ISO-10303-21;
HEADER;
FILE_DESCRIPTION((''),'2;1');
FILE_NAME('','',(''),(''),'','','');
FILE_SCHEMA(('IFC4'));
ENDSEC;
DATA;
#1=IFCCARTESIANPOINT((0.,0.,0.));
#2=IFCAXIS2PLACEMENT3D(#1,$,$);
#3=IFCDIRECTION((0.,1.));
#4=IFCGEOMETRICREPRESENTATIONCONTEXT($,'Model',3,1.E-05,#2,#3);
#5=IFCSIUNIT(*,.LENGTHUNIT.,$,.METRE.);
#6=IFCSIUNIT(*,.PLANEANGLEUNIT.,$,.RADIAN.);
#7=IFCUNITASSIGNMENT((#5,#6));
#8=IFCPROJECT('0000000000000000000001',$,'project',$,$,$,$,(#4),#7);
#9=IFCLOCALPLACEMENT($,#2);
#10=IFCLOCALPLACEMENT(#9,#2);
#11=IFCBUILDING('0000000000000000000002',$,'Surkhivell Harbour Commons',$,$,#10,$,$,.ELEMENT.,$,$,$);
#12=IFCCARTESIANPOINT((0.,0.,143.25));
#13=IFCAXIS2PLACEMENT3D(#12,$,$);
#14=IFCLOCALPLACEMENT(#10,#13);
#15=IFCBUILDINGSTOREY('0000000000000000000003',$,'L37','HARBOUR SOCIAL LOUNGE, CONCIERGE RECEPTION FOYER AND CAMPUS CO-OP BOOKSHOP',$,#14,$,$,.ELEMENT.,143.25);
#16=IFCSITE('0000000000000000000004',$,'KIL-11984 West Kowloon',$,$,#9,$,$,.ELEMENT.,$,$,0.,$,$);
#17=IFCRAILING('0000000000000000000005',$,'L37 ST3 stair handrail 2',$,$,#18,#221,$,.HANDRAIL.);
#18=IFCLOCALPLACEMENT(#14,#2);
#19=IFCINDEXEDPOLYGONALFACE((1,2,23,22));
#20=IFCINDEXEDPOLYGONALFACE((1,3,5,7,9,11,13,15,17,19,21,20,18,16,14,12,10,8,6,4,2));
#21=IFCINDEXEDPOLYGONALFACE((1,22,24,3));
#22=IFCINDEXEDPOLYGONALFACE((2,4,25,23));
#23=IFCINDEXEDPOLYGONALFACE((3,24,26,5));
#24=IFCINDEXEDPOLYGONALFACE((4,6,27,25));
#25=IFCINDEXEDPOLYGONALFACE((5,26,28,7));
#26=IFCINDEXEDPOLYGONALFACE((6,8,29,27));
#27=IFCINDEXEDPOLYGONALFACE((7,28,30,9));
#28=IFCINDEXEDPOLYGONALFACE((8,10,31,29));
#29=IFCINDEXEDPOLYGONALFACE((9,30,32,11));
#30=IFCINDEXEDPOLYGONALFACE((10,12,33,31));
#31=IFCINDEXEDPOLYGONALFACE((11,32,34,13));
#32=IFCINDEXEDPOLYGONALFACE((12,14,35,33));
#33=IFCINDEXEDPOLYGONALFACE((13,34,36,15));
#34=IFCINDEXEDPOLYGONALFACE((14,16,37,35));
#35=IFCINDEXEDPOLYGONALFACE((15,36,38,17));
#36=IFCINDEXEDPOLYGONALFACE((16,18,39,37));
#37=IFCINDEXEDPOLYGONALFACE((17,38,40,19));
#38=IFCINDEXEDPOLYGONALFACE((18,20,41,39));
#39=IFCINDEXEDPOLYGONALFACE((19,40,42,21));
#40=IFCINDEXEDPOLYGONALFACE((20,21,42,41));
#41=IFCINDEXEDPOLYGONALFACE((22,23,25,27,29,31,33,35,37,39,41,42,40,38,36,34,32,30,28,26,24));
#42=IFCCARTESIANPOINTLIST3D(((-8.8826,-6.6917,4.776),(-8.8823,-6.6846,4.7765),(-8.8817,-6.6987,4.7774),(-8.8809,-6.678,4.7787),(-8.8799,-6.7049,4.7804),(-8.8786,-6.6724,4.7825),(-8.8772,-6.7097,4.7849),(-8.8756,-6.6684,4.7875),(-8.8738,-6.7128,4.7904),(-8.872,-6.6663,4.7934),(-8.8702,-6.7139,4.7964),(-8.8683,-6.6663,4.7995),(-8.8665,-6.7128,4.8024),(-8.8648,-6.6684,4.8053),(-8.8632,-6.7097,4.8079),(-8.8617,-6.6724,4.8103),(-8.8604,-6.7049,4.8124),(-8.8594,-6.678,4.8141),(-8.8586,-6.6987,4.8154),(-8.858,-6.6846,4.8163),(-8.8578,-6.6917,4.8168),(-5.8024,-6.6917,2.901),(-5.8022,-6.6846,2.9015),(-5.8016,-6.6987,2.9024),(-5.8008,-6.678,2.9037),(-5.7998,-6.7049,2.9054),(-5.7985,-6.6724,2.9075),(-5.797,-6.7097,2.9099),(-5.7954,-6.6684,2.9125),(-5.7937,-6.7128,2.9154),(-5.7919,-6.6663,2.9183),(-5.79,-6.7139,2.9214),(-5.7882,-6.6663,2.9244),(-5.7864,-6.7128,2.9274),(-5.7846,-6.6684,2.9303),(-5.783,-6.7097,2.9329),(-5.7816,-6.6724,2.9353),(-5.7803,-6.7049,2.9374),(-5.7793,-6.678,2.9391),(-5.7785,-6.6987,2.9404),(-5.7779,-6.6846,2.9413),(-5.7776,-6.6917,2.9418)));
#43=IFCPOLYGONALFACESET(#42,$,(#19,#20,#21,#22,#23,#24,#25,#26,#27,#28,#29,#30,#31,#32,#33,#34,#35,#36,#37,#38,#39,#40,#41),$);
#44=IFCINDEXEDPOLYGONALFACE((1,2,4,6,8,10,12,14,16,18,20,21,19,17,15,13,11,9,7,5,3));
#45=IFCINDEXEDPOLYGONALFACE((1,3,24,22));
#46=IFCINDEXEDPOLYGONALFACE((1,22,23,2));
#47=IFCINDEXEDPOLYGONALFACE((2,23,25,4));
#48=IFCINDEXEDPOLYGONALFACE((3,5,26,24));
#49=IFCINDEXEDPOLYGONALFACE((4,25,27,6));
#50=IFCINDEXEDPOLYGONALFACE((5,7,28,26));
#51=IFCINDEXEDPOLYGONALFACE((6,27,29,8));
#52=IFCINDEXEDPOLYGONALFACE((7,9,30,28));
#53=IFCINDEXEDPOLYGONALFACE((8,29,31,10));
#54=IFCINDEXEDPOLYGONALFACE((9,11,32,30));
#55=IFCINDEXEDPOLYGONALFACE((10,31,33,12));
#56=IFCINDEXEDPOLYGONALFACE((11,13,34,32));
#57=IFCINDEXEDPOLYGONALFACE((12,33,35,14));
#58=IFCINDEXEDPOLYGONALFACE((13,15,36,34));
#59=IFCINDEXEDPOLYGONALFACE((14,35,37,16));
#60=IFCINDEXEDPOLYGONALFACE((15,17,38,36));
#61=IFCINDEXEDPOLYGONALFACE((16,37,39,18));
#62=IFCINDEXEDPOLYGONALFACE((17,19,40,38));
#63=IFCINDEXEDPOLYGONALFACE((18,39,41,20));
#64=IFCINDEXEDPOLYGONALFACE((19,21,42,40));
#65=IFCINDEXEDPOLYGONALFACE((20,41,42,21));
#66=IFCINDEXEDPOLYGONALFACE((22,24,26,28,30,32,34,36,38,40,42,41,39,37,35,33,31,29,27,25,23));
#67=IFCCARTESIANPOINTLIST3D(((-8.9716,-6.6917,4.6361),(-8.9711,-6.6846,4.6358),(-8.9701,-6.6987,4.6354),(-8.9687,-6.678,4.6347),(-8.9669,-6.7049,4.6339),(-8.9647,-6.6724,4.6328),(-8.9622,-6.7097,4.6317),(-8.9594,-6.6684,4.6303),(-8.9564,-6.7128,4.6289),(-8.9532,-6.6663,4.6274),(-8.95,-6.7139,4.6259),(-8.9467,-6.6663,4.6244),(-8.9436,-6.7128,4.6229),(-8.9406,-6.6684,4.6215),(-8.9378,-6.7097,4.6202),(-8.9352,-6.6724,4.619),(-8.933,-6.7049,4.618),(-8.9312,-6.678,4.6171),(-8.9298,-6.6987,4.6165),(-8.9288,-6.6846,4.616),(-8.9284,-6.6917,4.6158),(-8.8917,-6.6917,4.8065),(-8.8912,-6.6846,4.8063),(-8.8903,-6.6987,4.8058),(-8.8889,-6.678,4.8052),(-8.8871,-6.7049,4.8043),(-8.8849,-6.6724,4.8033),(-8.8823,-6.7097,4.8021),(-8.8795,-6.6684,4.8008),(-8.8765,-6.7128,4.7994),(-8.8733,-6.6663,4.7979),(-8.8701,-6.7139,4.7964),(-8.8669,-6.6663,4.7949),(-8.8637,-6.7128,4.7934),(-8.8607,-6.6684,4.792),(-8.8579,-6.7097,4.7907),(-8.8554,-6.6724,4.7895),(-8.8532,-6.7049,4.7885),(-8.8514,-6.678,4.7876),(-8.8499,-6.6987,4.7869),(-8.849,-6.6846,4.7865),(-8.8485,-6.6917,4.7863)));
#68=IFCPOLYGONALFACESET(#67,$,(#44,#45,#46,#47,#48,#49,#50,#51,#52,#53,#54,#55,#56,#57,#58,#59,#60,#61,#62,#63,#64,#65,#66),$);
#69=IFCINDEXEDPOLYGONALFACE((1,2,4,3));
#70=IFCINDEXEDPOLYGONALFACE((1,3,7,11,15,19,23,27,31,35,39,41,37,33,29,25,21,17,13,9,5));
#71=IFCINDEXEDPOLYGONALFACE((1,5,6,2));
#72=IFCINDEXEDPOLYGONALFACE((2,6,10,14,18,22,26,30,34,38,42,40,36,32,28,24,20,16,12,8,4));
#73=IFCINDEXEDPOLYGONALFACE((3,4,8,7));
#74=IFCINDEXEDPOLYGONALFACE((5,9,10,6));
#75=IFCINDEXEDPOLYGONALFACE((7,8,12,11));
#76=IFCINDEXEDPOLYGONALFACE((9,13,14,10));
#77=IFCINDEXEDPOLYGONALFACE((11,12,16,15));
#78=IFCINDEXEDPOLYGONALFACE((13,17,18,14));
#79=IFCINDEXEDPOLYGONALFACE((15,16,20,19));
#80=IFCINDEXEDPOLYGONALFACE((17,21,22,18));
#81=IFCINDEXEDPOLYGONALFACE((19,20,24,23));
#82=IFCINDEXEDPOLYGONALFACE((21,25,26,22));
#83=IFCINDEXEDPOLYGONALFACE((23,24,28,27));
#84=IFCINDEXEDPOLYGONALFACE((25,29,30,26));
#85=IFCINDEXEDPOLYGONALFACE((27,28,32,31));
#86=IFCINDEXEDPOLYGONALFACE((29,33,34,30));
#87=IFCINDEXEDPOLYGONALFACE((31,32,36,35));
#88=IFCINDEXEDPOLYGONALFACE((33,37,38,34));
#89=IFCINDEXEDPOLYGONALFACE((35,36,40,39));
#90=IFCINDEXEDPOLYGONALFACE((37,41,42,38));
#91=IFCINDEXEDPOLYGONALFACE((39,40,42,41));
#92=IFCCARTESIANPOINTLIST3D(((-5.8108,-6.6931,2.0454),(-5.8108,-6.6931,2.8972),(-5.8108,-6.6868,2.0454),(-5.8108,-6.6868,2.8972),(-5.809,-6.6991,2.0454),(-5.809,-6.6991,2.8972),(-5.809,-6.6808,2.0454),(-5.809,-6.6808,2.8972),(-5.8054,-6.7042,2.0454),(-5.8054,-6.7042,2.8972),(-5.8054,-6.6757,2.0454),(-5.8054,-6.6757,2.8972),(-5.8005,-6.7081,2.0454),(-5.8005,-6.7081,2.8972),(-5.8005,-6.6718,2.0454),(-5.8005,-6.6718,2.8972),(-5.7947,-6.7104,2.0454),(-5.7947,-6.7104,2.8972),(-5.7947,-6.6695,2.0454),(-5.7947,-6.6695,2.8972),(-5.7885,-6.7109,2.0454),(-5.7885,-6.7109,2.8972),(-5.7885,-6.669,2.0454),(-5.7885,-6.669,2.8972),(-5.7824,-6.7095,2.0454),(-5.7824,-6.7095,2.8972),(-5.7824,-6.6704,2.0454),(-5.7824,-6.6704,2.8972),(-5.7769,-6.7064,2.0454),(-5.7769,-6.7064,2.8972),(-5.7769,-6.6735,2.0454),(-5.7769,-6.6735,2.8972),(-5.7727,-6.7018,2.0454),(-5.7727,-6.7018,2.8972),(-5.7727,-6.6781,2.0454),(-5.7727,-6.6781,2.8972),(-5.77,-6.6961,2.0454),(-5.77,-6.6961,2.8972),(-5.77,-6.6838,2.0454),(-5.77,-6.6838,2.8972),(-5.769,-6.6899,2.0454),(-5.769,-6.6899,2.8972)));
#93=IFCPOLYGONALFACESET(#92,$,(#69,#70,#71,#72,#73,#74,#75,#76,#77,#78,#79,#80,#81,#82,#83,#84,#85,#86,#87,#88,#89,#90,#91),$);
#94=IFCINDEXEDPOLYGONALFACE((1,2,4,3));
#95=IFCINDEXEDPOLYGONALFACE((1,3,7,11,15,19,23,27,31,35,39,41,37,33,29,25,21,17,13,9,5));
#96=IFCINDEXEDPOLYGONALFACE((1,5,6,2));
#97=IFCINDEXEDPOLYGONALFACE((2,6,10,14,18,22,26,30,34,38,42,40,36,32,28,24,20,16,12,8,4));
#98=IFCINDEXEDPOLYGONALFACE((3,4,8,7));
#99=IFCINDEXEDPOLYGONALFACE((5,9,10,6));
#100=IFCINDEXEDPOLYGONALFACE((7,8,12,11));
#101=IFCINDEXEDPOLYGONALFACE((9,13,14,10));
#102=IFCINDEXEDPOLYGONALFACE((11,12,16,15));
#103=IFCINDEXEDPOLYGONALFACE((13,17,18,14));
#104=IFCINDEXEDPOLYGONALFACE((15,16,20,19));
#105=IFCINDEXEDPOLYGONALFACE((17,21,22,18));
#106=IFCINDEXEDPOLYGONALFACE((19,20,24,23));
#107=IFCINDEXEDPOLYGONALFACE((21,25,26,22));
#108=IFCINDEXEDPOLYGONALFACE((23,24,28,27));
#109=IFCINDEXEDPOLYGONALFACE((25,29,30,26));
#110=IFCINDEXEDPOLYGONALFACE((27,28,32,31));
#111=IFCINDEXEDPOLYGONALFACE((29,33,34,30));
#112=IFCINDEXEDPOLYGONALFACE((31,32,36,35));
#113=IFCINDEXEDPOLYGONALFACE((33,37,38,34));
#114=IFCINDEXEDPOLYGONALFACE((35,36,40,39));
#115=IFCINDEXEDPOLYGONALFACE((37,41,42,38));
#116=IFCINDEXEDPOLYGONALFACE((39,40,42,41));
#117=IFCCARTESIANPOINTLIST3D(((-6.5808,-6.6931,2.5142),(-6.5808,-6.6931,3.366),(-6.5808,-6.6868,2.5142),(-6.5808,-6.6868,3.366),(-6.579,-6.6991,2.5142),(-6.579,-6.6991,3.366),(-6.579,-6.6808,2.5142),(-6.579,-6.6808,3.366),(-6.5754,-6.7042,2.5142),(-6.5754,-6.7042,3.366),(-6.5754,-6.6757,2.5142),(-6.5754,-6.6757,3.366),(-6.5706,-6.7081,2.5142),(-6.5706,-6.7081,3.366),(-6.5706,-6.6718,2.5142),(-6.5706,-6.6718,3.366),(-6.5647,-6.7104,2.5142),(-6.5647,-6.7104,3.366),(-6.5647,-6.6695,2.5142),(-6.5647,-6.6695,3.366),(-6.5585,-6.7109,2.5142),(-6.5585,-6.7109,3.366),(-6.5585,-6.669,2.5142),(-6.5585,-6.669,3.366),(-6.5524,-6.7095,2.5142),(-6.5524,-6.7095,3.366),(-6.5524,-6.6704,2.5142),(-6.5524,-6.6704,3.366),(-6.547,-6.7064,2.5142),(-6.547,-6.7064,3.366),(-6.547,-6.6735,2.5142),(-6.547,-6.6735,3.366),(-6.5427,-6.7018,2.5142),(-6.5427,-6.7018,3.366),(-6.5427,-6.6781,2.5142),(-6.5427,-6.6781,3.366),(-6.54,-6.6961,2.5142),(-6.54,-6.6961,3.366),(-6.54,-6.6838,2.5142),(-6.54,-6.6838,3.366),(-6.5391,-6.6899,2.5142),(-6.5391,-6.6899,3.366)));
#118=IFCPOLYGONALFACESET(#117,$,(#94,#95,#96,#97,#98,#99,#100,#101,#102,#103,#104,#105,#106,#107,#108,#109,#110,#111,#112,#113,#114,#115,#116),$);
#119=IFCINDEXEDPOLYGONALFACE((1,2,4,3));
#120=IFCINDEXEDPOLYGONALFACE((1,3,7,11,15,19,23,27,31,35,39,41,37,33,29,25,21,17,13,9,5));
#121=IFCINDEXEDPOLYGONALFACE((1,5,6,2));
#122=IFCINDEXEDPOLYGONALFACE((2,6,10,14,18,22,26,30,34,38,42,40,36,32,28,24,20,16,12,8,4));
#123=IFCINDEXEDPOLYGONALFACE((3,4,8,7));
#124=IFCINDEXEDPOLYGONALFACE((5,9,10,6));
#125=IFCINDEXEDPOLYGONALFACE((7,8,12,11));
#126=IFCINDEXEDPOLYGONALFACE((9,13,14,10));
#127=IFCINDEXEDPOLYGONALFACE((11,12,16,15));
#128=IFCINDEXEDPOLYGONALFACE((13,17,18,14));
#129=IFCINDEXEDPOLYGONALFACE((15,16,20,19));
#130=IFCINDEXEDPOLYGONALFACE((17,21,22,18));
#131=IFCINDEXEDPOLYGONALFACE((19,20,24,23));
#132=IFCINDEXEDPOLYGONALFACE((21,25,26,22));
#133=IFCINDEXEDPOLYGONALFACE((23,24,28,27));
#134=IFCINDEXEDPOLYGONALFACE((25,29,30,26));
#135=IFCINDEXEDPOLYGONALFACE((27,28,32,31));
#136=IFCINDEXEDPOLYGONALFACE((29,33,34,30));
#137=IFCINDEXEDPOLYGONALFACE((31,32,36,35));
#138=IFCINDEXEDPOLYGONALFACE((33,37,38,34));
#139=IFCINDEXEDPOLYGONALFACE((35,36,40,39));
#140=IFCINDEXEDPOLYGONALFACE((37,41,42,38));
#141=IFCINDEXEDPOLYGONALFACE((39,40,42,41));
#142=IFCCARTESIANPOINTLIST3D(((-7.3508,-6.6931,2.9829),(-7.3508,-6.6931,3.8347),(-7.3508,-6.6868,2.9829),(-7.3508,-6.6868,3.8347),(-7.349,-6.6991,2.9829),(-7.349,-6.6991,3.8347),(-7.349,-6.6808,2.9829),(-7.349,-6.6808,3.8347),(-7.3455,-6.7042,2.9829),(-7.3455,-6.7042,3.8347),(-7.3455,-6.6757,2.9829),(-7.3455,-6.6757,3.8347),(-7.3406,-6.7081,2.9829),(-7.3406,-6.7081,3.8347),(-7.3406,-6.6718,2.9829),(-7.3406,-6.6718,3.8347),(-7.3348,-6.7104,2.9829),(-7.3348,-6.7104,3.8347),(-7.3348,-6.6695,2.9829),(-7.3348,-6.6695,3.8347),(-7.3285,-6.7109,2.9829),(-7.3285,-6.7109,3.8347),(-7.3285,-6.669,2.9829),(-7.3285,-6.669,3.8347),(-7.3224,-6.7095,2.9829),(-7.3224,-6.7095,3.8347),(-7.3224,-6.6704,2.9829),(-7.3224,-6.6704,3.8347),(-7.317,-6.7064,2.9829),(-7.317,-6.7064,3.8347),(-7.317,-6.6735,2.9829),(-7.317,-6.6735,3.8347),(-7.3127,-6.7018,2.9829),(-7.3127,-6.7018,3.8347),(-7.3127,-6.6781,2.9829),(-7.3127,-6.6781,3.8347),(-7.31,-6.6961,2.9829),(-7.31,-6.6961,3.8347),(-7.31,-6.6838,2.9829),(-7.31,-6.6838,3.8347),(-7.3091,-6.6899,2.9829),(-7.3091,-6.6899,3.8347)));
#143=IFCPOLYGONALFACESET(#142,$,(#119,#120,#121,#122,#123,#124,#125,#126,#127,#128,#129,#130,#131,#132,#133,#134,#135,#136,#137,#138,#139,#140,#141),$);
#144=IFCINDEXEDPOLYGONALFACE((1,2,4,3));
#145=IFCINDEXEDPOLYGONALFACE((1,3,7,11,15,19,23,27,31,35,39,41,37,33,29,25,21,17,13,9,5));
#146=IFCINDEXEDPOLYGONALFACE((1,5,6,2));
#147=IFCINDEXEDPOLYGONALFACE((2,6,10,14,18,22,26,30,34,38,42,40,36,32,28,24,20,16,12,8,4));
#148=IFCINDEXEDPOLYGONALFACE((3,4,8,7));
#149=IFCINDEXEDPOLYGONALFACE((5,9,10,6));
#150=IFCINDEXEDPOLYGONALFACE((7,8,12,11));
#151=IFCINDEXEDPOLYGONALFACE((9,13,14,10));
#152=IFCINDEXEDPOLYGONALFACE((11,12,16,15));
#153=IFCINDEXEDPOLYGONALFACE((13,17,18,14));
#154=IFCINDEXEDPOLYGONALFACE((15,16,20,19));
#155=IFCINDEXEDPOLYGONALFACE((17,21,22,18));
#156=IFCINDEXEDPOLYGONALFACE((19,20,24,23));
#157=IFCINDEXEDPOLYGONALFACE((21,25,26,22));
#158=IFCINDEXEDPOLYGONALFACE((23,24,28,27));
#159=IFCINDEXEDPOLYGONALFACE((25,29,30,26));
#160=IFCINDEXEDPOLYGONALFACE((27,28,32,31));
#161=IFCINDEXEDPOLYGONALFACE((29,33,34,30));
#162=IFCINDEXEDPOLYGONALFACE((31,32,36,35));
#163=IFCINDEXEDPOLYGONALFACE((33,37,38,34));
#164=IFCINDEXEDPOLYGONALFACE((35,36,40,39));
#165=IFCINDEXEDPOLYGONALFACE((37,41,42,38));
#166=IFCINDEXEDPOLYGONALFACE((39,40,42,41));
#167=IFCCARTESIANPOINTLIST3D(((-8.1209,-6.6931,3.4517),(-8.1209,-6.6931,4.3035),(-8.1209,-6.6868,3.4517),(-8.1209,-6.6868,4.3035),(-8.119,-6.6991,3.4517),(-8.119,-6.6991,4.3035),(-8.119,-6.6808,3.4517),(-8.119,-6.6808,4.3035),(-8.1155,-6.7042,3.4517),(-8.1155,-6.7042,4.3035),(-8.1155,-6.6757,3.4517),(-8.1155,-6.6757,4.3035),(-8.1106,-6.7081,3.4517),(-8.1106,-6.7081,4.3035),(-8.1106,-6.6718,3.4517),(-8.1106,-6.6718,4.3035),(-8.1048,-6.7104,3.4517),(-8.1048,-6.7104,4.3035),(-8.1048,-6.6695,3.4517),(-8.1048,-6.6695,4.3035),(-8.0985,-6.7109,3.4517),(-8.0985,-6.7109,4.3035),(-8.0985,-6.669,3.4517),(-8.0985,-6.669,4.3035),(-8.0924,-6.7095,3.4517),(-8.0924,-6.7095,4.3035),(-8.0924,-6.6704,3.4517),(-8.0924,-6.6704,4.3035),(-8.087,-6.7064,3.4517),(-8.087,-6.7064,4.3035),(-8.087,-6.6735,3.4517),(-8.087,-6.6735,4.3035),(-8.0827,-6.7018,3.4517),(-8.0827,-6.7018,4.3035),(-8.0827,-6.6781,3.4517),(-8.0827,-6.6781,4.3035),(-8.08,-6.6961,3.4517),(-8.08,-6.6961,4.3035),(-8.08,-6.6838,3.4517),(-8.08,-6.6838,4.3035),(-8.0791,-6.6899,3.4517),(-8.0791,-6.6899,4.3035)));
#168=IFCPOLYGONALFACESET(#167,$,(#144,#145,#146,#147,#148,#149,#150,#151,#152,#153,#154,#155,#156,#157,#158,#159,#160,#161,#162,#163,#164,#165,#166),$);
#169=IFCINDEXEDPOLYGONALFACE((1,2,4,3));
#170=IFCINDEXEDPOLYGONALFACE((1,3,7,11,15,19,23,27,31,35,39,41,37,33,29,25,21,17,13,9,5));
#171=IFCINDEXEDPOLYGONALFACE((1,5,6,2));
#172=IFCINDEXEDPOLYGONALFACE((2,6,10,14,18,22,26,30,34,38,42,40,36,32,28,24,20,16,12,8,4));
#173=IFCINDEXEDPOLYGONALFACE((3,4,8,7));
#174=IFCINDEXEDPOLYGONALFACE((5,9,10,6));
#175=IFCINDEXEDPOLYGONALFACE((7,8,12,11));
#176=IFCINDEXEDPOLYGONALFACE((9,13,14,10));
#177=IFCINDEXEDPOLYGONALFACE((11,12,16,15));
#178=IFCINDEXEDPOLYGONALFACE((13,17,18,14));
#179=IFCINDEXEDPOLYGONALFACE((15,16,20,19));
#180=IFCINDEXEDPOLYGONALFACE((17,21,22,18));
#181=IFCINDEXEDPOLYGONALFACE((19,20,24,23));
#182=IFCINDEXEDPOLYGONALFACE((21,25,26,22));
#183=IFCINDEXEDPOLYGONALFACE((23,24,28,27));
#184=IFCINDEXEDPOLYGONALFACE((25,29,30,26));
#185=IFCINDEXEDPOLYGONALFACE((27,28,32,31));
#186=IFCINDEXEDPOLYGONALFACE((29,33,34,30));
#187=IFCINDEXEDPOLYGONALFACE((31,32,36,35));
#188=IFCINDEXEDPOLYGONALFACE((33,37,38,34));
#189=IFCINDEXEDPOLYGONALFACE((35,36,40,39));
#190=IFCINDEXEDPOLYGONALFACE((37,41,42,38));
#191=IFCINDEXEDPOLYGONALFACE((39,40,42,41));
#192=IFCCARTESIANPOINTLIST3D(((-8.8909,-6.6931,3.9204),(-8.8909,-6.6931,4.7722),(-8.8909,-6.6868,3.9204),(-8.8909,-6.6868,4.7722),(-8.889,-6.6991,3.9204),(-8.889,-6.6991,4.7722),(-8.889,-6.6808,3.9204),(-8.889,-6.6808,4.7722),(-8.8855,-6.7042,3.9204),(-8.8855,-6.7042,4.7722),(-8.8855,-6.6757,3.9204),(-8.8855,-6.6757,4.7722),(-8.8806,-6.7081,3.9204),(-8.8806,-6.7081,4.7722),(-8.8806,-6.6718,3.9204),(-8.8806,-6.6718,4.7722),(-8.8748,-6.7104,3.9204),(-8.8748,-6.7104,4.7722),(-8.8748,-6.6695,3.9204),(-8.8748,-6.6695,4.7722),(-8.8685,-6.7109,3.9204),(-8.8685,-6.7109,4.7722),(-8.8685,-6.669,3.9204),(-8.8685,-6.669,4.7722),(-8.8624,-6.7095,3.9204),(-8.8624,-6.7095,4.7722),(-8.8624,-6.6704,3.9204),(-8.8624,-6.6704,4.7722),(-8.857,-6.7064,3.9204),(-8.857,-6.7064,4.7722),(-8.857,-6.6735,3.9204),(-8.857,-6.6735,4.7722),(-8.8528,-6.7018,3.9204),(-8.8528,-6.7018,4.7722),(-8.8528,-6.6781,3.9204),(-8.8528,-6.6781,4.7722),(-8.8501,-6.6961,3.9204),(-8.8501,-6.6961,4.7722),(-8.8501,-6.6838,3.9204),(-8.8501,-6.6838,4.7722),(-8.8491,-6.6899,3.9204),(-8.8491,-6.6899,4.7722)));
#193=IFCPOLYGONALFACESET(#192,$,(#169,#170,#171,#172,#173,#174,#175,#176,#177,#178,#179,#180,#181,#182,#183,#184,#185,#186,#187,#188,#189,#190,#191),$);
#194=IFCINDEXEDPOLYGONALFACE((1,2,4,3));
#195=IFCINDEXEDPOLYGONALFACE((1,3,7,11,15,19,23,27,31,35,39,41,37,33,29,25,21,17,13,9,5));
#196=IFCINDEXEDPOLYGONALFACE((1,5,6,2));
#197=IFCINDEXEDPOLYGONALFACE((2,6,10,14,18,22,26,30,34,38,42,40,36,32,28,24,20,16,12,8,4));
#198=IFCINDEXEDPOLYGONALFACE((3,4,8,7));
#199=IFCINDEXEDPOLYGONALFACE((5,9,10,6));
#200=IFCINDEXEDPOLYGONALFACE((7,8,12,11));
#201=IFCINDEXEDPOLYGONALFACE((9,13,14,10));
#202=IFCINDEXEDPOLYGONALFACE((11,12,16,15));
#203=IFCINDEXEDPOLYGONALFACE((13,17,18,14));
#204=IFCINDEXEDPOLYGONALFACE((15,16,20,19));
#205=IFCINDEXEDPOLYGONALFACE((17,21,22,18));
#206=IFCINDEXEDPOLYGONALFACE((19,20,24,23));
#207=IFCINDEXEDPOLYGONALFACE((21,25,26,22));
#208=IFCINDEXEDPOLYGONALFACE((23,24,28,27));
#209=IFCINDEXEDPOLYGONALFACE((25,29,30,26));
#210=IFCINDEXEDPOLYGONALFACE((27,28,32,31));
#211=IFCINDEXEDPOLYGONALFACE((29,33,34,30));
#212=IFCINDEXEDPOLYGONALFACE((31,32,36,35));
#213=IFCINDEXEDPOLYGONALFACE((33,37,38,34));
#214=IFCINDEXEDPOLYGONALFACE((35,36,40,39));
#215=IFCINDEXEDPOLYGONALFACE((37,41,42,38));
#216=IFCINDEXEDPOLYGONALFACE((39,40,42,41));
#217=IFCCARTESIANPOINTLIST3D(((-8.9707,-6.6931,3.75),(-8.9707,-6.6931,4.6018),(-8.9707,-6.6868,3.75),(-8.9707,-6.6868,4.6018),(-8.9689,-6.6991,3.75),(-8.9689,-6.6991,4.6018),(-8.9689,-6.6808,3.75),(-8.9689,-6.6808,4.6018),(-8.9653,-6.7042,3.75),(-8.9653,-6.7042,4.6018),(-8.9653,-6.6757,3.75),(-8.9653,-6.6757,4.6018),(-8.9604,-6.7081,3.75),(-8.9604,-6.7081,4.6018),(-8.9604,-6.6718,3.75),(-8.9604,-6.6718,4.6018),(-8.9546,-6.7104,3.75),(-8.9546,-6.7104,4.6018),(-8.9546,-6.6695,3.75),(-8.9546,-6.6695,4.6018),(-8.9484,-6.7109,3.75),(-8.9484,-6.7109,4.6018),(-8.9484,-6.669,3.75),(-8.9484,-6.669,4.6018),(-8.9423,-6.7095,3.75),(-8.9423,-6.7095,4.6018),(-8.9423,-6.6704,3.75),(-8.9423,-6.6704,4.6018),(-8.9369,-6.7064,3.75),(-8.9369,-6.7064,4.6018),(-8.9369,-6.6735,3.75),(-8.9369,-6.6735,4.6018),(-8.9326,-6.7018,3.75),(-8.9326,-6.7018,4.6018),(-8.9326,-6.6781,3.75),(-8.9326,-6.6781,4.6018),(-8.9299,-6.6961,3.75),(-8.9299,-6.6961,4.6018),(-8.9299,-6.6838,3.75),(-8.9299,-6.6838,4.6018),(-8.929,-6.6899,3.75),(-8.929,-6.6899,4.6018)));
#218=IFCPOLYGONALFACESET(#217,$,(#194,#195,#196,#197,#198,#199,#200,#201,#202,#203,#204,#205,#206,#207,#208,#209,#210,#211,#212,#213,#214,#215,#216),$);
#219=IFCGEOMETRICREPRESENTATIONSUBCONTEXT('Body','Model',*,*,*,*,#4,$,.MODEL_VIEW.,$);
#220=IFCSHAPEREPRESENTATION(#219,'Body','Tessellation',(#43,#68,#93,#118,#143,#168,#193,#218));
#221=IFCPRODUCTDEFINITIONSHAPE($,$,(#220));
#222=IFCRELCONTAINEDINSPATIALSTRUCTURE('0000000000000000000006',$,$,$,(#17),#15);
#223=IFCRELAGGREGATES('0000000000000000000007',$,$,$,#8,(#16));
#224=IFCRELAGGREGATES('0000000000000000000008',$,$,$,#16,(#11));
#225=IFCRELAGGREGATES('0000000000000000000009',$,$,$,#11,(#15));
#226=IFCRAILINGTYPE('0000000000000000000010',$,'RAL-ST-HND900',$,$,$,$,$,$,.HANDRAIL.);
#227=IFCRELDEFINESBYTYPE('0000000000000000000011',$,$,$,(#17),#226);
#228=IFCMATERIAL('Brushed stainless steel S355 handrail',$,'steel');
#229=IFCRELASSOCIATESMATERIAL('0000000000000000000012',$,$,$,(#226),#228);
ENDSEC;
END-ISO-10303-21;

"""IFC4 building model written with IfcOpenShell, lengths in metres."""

from ifc_helpers import new_model, si_unit, direction, frame, origin, origin_2d, place, context, subcontext, project, spatial, circle, extrude, material, type_object, element, save


model = new_model("IFC4")

# Units and contexts
model_context = context("Model", 3, precision=1e-05, world=origin(), true_north=direction((0.0, 1.0)))
body_context = subcontext(model_context, "Body", "Model", "MODEL_VIEW")
ifc_project = project(units=[si_unit("LENGTHUNIT", "METRE"), si_unit("PLANEANGLEUNIT", "RADIAN")], contexts=[model_context])

# Site, building, storey
site_placement = place(None, origin())
site = spatial("IfcSite", under=ifc_project, at=site_placement, Name="KIL-11984 West Kowloon", CompositionType="ELEMENT", RefElevation=0.0)
building_placement = place(site_placement, origin())
building = spatial("IfcBuilding", under=site, at=building_placement, Name="Surkhivell Harbour Commons", CompositionType="ELEMENT")
storey_placement = place(building_placement, frame((0.0, 0.0, 143.25)))
storey = spatial("IfcBuildingStorey", under=building, at=storey_placement, Name="L37", Description="HARBOUR SOCIAL LOUNGE, CONCIERGE RECEPTION FOYER AND CAMPUS CO-OP BOOKSHOP", CompositionType="ELEMENT", Elevation=143.25)

# Railing
ifc_material_1 = material(Name="Brushed stainless steel S355 handrail", Category="steel")
railing_type_1 = type_object("IfcRailingType", Name="RAL-ST-HND900", PredefinedType="HANDRAIL", material=ifc_material_1)
railing_1_placement = place(storey_placement, frame((-5.79, -6.6899, 2.0454)))
element("IfcRailing", 1, at=railing_1_placement, inside=storey, type_object=railing_type_1, Name="L37 ST3 stair handrail 2", PredefinedType="HANDRAIL", context=body_context, shape_type="SweptSolid", body=[
    extrude(circle(Radius=0.0239, at=origin_2d()), frame((0.0, 0.0, 0.876), z_axis=(-0.854178, 0.0, 0.519981), x_axis=(0.0, -1.0, 0.0)), (0.0, 0.0, 1.0), 3.606),
    extrude(circle(Radius=0.0239, at=origin_2d()), frame((-3.0801, 0.0, 2.751), z_axis=(-0.424234, 0.0, -0.905552), x_axis=(0.0, -1.0, 0.0)), (0.0, 0.0, 1.0), 0.1882),
    extrude(circle(Radius=0.021, at=origin_2d()), origin(), (0.0, 0.0, 1.0), 0.8518),
    extrude(circle(Radius=0.021, at=origin_2d()), frame((-0.77, 0.0, 0.4688)), (0.0, 0.0, 1.0), 0.8518),
    extrude(circle(Radius=0.021, at=origin_2d()), frame((-1.54, 0.0, 0.9375)), (0.0, 0.0, 1.0), 0.8518),
    extrude(circle(Radius=0.021, at=origin_2d()), frame((-2.3101, 0.0, 1.4062)), (0.0, 0.0, 1.0), 0.8518),
    extrude(circle(Radius=0.021, at=origin_2d()), frame((-3.0801, 0.0, 1.875)), (0.0, 0.0, 1.0), 0.8518),
    extrude(circle(Radius=0.021, at=origin_2d()), frame((-3.1599, 0.0, 1.7046)), (0.0, 0.0, 1.0), 0.8518),
])

save(model, "model.ifc")
